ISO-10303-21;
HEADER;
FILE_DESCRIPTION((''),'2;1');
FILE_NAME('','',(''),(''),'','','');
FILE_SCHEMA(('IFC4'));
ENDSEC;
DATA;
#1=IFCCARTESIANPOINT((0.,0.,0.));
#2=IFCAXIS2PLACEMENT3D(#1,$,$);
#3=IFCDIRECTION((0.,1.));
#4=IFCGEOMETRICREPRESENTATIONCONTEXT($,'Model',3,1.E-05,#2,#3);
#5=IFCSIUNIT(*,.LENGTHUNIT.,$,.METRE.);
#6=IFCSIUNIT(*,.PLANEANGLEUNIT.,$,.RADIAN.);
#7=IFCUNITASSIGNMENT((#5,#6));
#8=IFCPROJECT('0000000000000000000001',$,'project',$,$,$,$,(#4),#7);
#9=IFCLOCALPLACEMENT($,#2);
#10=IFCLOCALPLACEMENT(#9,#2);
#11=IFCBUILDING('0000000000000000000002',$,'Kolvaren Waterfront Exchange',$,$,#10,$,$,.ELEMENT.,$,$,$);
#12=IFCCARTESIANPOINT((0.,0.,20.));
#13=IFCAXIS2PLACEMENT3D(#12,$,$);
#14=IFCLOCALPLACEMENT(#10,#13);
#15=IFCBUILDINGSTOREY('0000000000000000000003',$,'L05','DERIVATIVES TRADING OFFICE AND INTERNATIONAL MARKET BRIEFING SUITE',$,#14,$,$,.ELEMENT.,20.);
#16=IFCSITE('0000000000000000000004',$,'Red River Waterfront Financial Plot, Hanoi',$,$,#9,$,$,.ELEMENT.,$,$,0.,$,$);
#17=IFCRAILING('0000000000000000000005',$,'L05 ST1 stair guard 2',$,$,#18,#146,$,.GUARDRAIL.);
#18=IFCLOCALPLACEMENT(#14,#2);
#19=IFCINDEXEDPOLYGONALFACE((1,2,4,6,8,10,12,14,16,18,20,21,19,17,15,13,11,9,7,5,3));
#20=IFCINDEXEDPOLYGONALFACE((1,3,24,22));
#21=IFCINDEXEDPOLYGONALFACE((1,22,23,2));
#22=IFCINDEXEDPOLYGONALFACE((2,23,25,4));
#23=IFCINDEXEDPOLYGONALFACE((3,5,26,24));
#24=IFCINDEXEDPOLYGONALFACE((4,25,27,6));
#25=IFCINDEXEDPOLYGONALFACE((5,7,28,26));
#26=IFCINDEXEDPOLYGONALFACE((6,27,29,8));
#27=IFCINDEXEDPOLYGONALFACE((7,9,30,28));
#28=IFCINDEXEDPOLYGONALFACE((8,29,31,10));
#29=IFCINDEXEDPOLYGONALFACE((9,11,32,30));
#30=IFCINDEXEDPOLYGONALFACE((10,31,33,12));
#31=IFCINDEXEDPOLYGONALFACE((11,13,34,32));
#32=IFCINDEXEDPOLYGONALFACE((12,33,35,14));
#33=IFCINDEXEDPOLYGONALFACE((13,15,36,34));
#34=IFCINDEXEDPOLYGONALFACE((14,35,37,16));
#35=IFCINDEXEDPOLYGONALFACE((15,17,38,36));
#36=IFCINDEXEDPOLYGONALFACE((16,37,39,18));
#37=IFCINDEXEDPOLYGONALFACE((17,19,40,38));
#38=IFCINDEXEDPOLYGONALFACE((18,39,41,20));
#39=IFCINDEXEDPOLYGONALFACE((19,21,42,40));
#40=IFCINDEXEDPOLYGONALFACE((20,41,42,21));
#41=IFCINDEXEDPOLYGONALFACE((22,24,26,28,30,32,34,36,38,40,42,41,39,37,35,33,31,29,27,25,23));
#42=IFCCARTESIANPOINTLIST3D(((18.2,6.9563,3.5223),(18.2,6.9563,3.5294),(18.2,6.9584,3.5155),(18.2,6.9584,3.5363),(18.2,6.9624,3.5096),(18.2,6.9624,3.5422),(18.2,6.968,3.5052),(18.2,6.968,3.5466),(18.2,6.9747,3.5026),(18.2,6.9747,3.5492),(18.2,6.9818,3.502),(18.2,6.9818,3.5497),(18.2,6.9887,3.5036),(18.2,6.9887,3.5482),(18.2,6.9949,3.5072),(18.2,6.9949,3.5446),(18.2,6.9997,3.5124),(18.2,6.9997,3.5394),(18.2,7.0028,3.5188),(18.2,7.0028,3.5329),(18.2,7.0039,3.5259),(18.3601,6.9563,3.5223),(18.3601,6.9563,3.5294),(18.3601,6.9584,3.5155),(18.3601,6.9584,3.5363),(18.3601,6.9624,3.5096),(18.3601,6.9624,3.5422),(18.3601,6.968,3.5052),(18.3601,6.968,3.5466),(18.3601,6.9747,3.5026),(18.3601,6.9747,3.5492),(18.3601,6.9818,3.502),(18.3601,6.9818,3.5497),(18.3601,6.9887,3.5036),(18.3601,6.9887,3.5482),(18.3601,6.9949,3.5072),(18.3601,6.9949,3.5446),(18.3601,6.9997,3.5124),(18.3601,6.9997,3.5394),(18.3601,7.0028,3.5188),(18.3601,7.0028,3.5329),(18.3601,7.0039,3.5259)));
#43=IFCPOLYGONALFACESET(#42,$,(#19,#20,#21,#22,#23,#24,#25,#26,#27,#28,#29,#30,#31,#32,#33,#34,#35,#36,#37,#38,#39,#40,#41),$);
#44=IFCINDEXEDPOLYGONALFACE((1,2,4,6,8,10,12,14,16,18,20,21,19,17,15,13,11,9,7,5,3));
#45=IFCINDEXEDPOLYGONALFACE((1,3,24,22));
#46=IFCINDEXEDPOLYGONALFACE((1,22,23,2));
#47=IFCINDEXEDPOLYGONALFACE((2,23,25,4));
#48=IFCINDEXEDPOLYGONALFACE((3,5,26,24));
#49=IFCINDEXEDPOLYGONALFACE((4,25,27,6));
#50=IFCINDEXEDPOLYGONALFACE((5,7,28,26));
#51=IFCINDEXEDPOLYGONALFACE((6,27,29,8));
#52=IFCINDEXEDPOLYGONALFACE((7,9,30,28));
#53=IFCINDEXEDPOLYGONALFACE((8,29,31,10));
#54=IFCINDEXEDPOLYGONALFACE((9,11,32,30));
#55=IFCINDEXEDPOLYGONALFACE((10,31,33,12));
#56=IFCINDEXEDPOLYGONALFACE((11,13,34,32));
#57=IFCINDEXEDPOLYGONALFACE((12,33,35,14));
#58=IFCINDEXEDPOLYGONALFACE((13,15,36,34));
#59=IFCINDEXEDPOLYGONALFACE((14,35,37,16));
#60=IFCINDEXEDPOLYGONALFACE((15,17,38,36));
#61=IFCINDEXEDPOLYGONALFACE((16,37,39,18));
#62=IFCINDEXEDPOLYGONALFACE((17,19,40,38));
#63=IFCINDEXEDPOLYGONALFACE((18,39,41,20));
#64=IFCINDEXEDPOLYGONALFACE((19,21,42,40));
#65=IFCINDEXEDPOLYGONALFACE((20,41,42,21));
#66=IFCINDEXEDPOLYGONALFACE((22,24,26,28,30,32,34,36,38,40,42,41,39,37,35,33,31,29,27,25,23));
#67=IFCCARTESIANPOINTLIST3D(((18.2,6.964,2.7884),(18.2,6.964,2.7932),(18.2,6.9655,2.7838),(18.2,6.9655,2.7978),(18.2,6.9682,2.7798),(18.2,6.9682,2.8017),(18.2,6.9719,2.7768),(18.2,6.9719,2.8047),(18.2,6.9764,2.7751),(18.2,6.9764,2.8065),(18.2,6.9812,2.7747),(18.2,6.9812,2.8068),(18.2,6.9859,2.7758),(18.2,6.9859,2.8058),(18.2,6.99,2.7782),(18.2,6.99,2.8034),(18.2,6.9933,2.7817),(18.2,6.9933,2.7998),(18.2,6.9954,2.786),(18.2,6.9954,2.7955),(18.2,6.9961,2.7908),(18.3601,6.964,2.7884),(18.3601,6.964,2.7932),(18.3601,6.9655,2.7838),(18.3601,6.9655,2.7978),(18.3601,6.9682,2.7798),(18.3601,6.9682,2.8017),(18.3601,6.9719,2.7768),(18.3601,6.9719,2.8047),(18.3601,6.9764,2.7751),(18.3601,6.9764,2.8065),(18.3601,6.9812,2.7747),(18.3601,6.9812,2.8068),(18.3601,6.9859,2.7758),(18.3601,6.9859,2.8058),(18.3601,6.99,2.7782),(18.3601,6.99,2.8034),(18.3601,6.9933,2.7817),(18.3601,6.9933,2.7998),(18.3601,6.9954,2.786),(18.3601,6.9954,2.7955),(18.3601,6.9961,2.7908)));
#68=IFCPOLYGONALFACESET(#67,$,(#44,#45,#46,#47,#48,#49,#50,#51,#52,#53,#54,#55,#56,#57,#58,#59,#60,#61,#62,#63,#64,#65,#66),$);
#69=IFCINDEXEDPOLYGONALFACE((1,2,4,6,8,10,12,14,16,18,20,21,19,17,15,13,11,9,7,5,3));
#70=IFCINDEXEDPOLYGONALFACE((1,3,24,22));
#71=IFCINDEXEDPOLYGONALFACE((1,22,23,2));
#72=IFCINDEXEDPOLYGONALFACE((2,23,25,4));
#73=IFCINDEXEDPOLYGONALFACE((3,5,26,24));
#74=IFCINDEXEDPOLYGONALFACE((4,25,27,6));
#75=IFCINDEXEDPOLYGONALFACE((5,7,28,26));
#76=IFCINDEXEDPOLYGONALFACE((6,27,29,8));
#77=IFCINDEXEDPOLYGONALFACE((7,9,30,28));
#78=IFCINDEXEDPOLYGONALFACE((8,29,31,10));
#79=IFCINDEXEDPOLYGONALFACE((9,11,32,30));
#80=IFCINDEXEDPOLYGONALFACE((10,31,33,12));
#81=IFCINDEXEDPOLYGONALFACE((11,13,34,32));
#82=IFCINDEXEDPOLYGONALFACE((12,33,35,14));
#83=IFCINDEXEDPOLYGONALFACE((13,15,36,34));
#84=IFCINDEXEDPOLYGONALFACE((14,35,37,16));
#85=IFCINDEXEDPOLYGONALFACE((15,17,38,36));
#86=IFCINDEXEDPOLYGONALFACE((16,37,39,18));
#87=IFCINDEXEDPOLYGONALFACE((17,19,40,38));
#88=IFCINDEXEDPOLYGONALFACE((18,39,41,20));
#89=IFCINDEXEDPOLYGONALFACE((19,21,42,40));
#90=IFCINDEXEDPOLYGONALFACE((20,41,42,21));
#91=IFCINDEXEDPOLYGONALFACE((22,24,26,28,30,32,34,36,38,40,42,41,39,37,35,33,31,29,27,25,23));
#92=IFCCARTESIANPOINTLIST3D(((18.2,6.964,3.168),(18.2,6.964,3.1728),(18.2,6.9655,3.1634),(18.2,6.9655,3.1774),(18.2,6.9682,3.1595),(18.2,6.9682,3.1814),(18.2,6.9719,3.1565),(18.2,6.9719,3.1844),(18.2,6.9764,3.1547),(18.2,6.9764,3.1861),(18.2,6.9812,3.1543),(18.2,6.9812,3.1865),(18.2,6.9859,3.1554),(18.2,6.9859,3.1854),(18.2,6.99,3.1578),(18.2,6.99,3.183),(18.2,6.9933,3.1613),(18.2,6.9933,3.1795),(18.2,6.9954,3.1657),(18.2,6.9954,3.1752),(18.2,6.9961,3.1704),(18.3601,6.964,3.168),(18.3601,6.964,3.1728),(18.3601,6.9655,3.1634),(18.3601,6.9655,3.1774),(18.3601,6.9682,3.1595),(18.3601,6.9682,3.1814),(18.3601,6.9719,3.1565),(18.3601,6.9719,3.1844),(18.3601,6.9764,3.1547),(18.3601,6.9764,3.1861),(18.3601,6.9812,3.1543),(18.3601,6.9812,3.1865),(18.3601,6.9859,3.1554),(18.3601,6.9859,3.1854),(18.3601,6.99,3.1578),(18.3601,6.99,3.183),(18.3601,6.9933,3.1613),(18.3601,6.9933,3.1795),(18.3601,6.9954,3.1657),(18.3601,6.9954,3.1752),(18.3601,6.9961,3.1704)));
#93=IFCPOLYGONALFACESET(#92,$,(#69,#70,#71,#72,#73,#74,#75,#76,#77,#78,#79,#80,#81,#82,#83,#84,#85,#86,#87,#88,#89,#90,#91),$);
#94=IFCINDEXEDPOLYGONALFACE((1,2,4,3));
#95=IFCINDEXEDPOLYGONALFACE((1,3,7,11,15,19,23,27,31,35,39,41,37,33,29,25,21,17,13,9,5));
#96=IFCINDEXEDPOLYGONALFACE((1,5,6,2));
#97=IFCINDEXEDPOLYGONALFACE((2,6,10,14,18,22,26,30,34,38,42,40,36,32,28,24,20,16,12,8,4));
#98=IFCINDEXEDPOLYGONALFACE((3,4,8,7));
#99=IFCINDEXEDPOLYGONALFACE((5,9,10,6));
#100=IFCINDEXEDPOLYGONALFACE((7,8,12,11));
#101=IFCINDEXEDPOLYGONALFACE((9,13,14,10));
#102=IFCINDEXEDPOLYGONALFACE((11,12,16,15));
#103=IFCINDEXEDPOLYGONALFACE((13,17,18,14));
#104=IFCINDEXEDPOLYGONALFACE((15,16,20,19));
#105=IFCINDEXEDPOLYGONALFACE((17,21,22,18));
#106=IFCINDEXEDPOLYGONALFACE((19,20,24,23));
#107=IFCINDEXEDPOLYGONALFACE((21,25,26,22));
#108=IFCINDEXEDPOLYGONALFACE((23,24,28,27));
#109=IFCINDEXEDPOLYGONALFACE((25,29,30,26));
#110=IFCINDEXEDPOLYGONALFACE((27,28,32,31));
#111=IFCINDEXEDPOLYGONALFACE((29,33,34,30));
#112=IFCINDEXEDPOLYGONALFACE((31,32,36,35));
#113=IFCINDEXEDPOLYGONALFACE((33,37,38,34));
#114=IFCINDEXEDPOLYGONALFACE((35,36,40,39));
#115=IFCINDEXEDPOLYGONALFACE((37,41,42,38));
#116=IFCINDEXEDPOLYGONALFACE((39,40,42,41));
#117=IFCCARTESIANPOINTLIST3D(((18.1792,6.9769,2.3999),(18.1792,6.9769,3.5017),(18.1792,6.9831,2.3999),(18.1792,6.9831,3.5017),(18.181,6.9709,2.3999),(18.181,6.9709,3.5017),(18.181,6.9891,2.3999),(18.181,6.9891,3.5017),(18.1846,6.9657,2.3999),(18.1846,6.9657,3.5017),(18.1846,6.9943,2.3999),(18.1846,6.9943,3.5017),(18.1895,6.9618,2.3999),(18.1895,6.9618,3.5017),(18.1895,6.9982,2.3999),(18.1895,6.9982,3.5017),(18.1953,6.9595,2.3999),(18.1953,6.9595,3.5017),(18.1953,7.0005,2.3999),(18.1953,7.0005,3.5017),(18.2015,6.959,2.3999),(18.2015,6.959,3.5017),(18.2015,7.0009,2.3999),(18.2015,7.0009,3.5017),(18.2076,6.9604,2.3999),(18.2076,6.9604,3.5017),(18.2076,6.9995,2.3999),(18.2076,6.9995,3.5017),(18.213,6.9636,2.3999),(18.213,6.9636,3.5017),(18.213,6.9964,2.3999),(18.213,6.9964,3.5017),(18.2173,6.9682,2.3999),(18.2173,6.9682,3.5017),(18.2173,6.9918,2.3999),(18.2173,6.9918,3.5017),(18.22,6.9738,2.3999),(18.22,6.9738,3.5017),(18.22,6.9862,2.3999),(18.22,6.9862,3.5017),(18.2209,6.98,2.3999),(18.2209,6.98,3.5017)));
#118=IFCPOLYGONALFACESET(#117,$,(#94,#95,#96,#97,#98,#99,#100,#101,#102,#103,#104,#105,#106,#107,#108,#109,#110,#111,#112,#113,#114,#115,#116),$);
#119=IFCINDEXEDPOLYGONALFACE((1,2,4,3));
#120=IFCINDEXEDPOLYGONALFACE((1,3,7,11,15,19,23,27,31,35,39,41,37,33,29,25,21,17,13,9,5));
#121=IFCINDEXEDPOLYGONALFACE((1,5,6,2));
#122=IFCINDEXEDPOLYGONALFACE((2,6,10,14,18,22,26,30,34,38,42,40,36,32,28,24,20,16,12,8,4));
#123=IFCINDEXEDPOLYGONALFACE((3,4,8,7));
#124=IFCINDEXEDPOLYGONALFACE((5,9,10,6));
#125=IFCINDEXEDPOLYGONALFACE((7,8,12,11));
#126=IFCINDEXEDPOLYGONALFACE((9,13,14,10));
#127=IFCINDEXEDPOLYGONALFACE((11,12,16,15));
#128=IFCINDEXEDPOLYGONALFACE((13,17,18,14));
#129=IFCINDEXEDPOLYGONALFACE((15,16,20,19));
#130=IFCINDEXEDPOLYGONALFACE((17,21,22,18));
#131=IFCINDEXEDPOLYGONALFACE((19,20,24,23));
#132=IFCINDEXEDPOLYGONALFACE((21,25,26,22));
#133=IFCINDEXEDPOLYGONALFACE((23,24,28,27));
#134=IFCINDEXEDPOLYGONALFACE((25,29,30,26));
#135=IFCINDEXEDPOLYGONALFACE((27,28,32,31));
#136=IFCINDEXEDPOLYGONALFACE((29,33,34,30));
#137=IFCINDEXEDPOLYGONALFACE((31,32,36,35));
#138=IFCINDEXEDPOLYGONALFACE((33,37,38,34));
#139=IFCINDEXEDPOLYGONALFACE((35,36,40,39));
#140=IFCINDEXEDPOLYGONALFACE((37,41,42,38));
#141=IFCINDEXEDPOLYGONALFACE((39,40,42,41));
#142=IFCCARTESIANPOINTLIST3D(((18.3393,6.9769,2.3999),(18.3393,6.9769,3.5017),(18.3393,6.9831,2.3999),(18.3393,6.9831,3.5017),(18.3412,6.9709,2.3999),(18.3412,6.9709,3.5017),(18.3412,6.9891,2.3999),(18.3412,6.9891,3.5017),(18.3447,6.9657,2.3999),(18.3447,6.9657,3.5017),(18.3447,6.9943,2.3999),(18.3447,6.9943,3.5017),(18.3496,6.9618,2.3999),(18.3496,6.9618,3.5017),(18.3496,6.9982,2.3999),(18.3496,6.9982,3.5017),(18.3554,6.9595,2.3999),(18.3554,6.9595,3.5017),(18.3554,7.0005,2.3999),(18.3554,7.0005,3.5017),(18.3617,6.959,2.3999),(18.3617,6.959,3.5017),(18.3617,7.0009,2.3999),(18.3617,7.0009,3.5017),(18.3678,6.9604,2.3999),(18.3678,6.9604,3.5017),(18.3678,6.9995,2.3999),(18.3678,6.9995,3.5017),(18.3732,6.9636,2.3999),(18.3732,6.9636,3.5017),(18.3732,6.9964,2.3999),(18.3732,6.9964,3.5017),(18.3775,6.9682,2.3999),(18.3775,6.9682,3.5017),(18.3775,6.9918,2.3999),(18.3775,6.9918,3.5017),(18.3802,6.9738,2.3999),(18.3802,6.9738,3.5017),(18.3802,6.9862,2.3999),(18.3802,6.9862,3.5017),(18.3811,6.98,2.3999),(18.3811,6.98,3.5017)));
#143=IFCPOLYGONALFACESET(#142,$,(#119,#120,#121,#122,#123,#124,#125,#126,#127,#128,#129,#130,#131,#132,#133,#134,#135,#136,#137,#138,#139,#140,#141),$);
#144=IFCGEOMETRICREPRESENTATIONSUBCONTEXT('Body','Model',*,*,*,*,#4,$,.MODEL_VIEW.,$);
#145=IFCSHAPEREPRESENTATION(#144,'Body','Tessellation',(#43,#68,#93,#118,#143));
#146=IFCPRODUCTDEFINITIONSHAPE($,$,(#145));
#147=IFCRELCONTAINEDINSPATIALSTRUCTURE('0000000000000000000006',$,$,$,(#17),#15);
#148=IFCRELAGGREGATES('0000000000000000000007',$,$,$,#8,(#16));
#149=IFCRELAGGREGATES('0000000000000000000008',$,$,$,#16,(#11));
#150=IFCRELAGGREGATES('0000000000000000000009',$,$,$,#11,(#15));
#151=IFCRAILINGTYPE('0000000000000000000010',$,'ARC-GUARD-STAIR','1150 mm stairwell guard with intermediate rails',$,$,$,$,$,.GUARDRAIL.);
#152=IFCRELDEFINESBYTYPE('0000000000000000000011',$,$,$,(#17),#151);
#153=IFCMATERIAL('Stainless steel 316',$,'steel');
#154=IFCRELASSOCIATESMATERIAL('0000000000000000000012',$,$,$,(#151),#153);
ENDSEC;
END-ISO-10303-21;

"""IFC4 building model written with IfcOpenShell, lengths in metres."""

from ifc_helpers import new_model, si_unit, direction, frame, origin, origin_2d, place, context, subcontext, project, spatial, circle, extrude, material, type_object, element, save


model = new_model("IFC4")

# Units and contexts
model_context = context("Model", 3, precision=1e-05, world=origin(), true_north=direction((0.0, 1.0)))
body_context = subcontext(model_context, "Body", "Model", "MODEL_VIEW")
ifc_project = project(units=[si_unit("LENGTHUNIT", "METRE"), si_unit("PLANEANGLEUNIT", "RADIAN")], contexts=[model_context])

# Site, building, storey
site_placement = place(None, origin())
site = spatial("IfcSite", under=ifc_project, at=site_placement, Name="Red River Waterfront Financial Plot, Hanoi", CompositionType="ELEMENT", RefElevation=0.0)
building_placement = place(site_placement, origin())
building = spatial("IfcBuilding", under=site, at=building_placement, Name="Kolvaren Waterfront Exchange", CompositionType="ELEMENT")
storey_placement = place(building_placement, frame((0.0, 0.0, 20.0)))
storey = spatial("IfcBuildingStorey", under=building, at=storey_placement, Name="L05", Description="DERIVATIVES TRADING OFFICE AND INTERNATIONAL MARKET BRIEFING SUITE", CompositionType="ELEMENT", Elevation=20.0)

# Railing
ifc_material_1 = material(Name="Stainless steel 316", Category="steel")
railing_type_1 = type_object("IfcRailingType", Name="ARC-GUARD-STAIR", Description="1150 mm stairwell guard with intermediate rails", PredefinedType="GUARDRAIL", material=ifc_material_1)
railing_1_placement = place(storey_placement, frame((18.2, 6.98, 2.3999)))
element("IfcRailing", 1, at=railing_1_placement, inside=storey, type_object=railing_type_1, Name="L05 ST1 stair guard 2", PredefinedType="GUARDRAIL", context=body_context, shape_type="SweptSolid", body=[
    extrude(circle(Radius=0.0239, at=origin_2d()), frame((0.0, 0.0, 1.126), z_axis=(1.0, 0.0, 0.0), x_axis=(0.0, 1.0, 0.0)), (0.0, 0.0, 1.0), 0.1602),
    extrude(circle(Radius=0.0161, at=origin_2d()), frame((0.0, 0.0, 0.3909), z_axis=(1.0, 0.0, 0.0), x_axis=(0.0, 1.0, 0.0)), (0.0, 0.0, 1.0), 0.1602),
    extrude(circle(Radius=0.0161, at=origin_2d()), frame((0.0, 0.0, 0.7705), z_axis=(1.0, 0.0, 0.0), x_axis=(0.0, 1.0, 0.0)), (0.0, 0.0, 1.0), 0.1602),
    extrude(circle(Radius=0.021, at=origin_2d()), origin(), (0.0, 0.0, 1.0), 1.1018),
    extrude(circle(Radius=0.021, at=origin_2d()), frame((0.1602, 0.0, 0.0)), (0.0, 0.0, 1.0), 1.1018),
])

save(model, "model.ifc")
